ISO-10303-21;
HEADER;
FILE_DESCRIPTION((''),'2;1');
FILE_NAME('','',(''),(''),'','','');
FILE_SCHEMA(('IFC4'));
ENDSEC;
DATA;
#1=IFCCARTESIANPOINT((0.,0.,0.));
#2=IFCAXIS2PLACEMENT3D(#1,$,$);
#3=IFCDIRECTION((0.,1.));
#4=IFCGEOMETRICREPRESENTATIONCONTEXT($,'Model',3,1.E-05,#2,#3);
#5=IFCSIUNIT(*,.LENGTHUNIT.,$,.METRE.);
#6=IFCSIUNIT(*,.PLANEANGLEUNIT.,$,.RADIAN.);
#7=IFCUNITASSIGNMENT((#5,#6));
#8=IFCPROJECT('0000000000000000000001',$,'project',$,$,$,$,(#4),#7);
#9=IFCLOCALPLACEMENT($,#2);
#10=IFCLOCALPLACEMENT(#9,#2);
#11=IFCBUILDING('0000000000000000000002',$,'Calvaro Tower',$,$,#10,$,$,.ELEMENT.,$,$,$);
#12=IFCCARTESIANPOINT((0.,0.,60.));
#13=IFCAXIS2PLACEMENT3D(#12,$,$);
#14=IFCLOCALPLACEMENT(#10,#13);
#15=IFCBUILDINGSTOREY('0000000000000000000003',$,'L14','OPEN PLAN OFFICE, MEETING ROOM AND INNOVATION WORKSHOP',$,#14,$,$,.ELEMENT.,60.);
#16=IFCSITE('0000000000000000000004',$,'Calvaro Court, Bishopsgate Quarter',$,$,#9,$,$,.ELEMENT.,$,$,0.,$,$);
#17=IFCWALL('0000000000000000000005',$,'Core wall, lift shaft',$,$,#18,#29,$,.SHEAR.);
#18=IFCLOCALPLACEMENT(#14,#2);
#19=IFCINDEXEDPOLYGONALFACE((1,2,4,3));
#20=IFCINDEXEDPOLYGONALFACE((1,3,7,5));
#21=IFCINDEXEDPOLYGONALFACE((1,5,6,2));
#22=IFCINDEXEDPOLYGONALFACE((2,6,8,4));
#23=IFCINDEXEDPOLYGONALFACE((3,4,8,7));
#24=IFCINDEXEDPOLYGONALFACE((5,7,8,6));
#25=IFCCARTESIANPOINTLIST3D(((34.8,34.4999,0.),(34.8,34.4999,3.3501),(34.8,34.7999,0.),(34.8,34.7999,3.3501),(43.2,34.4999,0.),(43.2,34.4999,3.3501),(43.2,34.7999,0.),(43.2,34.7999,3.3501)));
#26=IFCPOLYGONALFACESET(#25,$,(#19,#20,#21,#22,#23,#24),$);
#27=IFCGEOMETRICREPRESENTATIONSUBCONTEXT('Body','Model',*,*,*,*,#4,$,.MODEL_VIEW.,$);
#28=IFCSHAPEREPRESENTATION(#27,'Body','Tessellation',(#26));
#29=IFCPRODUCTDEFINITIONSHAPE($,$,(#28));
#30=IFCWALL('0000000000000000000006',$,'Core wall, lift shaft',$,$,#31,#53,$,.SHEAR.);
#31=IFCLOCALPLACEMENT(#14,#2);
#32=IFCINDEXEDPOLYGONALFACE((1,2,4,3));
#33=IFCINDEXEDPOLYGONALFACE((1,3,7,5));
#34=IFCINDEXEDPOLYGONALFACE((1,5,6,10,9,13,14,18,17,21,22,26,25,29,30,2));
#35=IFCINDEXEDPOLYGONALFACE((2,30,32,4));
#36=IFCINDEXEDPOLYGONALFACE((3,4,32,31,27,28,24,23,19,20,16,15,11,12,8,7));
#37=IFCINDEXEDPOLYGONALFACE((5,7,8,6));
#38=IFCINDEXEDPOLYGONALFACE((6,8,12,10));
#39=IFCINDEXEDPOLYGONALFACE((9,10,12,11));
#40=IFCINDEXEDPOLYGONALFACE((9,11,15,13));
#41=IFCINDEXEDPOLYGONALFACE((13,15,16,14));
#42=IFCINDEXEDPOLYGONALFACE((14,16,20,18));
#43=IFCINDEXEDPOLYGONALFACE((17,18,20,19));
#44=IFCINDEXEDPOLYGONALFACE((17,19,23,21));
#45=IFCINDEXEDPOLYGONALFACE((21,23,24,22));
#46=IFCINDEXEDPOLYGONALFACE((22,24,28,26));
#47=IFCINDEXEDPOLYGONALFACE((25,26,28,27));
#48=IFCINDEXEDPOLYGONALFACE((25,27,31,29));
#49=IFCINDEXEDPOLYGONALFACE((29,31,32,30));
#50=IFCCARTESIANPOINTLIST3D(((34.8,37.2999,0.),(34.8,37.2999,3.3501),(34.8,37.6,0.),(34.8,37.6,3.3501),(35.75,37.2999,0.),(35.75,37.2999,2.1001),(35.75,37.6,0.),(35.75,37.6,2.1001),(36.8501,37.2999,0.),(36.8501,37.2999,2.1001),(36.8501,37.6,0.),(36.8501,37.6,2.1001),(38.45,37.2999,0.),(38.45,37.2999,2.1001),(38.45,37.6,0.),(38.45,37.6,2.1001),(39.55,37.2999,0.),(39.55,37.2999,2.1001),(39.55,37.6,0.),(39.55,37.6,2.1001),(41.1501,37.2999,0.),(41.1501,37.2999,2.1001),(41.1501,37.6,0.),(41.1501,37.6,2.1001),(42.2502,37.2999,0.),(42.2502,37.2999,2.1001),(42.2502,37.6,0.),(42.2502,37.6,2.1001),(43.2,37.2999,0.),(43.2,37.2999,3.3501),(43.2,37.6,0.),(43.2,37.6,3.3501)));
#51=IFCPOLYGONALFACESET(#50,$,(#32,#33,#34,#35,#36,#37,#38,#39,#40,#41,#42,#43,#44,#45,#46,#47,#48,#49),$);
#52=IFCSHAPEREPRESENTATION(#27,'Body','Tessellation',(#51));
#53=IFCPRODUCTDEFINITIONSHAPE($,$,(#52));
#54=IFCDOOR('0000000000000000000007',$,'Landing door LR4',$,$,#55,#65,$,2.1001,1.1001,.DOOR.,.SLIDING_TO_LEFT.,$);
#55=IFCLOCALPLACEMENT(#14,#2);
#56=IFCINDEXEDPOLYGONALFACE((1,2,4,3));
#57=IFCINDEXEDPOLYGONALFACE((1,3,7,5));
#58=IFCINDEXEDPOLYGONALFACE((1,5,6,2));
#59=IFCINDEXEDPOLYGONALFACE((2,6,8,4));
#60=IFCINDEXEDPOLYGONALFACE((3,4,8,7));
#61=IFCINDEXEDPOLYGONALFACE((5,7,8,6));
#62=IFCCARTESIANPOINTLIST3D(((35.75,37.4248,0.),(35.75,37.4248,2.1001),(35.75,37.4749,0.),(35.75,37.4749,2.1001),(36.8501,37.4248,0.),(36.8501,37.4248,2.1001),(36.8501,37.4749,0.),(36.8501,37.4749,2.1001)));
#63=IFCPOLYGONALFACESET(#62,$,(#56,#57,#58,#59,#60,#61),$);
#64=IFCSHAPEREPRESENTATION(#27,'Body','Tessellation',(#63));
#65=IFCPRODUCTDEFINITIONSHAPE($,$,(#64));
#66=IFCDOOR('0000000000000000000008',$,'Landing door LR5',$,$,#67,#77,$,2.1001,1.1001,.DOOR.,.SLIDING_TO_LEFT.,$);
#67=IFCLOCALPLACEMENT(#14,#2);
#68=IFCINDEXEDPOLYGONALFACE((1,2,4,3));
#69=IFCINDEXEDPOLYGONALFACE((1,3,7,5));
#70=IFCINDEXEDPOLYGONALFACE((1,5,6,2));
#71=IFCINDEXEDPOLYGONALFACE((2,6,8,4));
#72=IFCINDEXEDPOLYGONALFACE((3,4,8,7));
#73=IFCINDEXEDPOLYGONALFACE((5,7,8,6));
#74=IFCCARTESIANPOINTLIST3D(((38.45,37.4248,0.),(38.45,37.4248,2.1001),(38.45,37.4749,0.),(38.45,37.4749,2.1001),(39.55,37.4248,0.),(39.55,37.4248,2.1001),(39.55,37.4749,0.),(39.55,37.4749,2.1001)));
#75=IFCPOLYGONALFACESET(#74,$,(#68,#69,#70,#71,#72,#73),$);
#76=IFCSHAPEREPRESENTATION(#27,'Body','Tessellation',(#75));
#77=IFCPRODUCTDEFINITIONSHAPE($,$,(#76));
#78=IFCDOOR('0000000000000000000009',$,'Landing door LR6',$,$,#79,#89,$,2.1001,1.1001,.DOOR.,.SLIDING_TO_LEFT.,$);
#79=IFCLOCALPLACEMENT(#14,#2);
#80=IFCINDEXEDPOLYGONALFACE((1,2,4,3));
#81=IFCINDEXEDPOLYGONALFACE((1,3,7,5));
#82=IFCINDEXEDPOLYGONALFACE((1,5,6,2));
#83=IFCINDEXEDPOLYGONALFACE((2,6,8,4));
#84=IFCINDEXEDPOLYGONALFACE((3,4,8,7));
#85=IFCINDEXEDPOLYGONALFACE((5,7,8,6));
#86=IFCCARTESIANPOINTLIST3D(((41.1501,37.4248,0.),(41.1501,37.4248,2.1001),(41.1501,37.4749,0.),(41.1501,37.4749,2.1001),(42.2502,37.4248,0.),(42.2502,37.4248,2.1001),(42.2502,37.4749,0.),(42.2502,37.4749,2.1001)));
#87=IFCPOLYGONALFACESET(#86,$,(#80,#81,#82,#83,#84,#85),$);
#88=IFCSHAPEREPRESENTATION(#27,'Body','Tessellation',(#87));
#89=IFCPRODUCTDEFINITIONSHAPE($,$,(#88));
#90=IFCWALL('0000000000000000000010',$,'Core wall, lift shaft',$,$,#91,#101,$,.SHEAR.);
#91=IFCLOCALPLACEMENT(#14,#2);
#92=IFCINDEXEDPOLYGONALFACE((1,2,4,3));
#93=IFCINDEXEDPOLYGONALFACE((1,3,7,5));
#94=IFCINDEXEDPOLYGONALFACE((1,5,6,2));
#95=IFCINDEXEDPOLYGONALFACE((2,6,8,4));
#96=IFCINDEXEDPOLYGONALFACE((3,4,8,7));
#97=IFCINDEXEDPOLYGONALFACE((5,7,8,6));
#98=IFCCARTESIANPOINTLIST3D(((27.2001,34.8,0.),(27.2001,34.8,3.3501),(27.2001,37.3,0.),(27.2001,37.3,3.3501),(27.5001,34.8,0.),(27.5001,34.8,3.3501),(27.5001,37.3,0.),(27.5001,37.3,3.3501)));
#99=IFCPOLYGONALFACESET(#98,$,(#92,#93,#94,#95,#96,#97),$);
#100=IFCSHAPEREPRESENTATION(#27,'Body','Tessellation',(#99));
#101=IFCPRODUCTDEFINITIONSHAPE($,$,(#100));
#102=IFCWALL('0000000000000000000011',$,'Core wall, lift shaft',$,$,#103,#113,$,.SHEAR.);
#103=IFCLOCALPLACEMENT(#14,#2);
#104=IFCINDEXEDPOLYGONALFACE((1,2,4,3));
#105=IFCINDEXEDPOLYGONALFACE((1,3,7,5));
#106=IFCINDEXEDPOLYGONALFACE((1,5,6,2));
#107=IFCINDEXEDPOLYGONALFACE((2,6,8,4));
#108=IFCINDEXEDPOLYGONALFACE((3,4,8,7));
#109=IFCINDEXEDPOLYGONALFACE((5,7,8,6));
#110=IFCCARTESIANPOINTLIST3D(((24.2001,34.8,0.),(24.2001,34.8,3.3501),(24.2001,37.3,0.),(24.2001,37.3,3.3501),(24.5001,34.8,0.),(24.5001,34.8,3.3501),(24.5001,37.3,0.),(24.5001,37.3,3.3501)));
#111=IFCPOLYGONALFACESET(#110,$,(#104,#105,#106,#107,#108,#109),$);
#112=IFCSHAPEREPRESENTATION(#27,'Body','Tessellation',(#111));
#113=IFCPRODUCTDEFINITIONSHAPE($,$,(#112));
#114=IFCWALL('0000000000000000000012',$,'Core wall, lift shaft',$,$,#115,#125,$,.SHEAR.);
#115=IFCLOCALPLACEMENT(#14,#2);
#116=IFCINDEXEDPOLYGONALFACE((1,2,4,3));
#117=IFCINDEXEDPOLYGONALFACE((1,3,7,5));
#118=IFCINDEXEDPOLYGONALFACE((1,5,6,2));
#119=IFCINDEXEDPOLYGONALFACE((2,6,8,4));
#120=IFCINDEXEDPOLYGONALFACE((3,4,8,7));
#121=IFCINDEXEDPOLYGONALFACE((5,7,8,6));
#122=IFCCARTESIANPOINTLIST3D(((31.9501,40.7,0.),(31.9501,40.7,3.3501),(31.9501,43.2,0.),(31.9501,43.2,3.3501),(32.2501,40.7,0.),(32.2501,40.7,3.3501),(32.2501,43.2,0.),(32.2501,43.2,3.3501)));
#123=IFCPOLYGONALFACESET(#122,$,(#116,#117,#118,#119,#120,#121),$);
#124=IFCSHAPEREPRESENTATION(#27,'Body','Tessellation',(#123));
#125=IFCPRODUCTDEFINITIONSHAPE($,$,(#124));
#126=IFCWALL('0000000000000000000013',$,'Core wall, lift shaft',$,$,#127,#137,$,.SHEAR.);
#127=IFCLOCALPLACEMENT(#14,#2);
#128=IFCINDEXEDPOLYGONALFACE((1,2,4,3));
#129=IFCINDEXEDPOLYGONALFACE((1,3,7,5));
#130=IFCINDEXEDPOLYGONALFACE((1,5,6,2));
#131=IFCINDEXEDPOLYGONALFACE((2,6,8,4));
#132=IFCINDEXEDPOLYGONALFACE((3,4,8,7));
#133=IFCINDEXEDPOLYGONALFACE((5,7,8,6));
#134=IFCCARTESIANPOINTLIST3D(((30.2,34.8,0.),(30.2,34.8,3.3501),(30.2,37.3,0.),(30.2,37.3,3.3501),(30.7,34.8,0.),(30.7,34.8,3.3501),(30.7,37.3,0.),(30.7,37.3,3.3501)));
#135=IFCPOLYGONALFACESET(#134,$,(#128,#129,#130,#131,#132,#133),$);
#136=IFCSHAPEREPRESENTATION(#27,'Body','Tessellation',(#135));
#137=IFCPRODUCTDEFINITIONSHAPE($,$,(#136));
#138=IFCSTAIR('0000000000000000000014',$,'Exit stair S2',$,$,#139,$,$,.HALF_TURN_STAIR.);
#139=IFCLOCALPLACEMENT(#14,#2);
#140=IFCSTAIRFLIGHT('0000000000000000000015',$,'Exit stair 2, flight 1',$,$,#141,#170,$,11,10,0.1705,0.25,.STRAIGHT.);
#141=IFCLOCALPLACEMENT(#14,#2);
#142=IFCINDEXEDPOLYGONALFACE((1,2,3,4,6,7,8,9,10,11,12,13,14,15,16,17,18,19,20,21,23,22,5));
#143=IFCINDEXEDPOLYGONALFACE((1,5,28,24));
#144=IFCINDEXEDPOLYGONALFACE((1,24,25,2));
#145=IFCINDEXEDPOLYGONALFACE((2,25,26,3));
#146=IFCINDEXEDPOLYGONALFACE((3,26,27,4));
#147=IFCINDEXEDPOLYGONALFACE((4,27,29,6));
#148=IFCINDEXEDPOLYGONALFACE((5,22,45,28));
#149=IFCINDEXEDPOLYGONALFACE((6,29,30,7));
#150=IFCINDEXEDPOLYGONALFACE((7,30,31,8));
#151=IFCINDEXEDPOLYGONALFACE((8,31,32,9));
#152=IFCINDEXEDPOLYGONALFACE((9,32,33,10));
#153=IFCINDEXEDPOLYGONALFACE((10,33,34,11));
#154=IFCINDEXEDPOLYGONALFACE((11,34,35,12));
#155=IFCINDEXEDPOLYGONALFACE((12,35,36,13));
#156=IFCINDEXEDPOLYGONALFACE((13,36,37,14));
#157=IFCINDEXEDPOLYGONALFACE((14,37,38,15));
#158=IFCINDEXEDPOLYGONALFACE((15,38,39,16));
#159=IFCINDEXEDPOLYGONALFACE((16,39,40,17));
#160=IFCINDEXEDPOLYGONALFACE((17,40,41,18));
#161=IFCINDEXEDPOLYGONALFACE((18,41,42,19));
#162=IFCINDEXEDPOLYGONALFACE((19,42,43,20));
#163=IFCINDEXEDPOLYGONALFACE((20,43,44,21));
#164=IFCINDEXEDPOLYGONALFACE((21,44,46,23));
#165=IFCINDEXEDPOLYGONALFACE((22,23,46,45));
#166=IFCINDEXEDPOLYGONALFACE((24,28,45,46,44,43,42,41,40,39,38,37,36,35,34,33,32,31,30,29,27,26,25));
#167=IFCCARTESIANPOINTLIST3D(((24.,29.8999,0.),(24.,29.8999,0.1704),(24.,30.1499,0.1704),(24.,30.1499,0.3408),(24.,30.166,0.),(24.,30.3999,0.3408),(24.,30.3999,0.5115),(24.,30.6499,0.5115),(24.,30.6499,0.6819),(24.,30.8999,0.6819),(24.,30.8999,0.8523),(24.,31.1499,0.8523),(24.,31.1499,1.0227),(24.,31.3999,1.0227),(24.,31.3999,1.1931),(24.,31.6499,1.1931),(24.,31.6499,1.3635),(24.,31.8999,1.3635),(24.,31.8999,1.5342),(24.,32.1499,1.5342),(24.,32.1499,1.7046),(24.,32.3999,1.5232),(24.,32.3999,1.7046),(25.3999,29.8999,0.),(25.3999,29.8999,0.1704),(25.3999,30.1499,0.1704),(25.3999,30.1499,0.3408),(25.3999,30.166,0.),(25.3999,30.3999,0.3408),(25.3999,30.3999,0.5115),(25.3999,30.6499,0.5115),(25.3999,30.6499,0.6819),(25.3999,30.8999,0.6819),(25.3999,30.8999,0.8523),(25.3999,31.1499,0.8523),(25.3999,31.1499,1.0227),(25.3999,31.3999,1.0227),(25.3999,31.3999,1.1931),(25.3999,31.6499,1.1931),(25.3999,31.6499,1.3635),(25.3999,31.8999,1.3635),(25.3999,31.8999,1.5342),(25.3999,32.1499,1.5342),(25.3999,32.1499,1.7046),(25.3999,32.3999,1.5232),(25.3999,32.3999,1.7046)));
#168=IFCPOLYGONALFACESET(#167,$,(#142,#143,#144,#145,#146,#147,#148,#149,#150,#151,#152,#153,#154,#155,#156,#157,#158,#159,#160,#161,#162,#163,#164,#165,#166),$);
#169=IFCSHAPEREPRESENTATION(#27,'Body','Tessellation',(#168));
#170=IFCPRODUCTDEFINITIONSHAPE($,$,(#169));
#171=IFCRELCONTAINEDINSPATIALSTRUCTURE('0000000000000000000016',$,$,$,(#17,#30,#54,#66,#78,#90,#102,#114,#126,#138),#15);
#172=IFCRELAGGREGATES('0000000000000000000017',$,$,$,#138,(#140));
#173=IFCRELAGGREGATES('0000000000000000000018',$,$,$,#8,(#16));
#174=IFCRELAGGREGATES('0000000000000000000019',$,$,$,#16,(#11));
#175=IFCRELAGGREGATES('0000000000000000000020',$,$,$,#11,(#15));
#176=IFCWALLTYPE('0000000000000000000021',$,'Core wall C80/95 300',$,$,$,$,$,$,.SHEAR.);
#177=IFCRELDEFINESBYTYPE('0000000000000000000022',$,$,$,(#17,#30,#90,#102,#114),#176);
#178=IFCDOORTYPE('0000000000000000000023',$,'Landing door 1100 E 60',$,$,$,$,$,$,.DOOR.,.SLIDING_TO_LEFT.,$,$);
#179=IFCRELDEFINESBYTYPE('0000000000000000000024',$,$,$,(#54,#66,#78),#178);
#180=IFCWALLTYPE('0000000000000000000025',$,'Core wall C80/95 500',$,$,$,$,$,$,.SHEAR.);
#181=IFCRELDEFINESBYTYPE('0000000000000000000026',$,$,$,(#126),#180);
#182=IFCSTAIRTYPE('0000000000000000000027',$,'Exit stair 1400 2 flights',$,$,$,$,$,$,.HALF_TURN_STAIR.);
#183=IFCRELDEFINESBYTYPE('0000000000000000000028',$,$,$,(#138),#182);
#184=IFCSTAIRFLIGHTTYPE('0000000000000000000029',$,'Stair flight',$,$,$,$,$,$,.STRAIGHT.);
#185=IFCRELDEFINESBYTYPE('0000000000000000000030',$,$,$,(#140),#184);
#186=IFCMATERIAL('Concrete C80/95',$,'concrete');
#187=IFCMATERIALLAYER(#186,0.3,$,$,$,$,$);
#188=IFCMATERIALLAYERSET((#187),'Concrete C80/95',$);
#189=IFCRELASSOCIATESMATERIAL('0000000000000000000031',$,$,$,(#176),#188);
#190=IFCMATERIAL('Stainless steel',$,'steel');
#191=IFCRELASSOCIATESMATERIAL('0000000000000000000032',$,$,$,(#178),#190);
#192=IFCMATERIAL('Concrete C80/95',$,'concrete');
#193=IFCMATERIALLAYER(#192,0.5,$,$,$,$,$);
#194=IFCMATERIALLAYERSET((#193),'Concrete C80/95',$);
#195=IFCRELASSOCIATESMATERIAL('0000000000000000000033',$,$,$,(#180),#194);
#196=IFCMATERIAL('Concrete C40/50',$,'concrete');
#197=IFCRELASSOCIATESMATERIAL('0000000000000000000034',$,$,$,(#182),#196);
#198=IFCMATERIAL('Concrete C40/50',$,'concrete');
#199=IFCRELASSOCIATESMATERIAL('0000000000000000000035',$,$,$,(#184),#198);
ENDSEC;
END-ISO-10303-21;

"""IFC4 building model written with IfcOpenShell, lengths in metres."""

from ifc_helpers import new_model, si_unit, direction, frame, frame_2d, origin, place, context, subcontext, project, spatial, polyline, rectangle, outline, extrude, material, layer, layer_set, type_object, element, fill, aggregate, save


model = new_model("IFC4")

# Units and contexts
model_context = context("Model", 3, precision=1e-05, world=origin(), true_north=direction((0.0, 1.0)))
body_context = subcontext(model_context, "Body", "Model", "MODEL_VIEW")
ifc_project = project(units=[si_unit("LENGTHUNIT", "METRE"), si_unit("PLANEANGLEUNIT", "RADIAN")], contexts=[model_context])

# Site, building, storey
site_placement = place(None, origin())
site = spatial("IfcSite", under=ifc_project, at=site_placement, Name="Calvaro Court, Bishopsgate Quarter", CompositionType="ELEMENT", RefElevation=0.0)
building_placement = place(site_placement, origin())
building = spatial("IfcBuilding", under=site, at=building_placement, Name="Calvaro Tower", CompositionType="ELEMENT")
storey_placement = place(building_placement, frame((0.0, 0.0, 60.0)))
storey = spatial("IfcBuildingStorey", under=building, at=storey_placement, Name="L14", Description="OPEN PLAN OFFICE, MEETING ROOM AND INNOVATION WORKSHOP", CompositionType="ELEMENT", Elevation=60.0)

# Wall
ifc_material_1 = material(Name="Concrete C80/95", Category="concrete")
ifc_layer_1 = layer(ifc_material_1, 0.3)
ifc_layer_set_1 = layer_set([ifc_layer_1], Name="Concrete C80/95")
wall_type_1 = type_object("IfcWallType", Name="Core wall C80/95 300", PredefinedType="SHEAR", material=ifc_layer_set_1)
wall_1_placement = place(storey_placement, frame((34.8, 34.6499, 0.0), z_axis=(0.0, 0.0, 1.0), x_axis=(1.0, 0.0, 0.0)))
element("IfcWall", 1, at=wall_1_placement, inside=storey, type_object=wall_type_1, Name="Core wall, lift shaft", PredefinedType="SHEAR", context=body_context, shape_type="SweptSolid", body=[
    extrude(rectangle(XDim=8.3999, YDim=0.3, at=frame_2d((4.2, 0.0))), origin(), (0.0, 0.0, 1.0), 3.3501),
])

# Wall, openings, doors
wall_2_placement = place(storey_placement, frame((34.8, 37.45, 0.0), z_axis=(0.0, 0.0, 1.0), x_axis=(1.0, 0.0, 0.0)))
wall_2 = element("IfcWall", 2, at=wall_2_placement, inside=storey, type_object=wall_type_1, Name="Core wall, lift shaft", PredefinedType="SHEAR", context=body_context, shape_type="SweptSolid", body=[
    extrude(rectangle(XDim=8.3999, YDim=0.3, at=frame_2d((4.2, 0.0))), origin(), (0.0, 0.0, 1.0), 3.3501),
])
opening_1_placement = place(wall_2_placement, frame((0.95, 0.0, 0.0)))
opening_1 = element("IfcOpeningElement", 3, at=opening_1_placement, cuts=wall_2, PredefinedType="OPENING", context=body_context, shape_type="SweptSolid", body=[
    extrude(rectangle(XDim=1.1001, YDim=2.1001, at=frame_2d((0.55, 1.05))), frame((0.0, 0.1599, 0.0), z_axis=(0.0, -1.0, 0.0), x_axis=(1.0, 0.0, 0.0)), (0.0, 0.0, 1.0), 0.3201),
])
opening_2_placement = place(wall_2_placement, frame((3.6499, 0.0, 0.0)))
opening_2 = element("IfcOpeningElement", 4, at=opening_2_placement, cuts=wall_2, PredefinedType="OPENING", context=body_context, shape_type="SweptSolid", body=[
    extrude(rectangle(XDim=1.1001, YDim=2.1001, at=frame_2d((0.55, 1.05))), frame((0.0, 0.1599, 0.0), z_axis=(0.0, -1.0, 0.0), x_axis=(1.0, 0.0, 0.0)), (0.0, 0.0, 1.0), 0.3201),
])
opening_3_placement = place(wall_2_placement, frame((6.3501, 0.0, 0.0)))
opening_3 = element("IfcOpeningElement", 5, at=opening_3_placement, cuts=wall_2, PredefinedType="OPENING", context=body_context, shape_type="SweptSolid", body=[
    extrude(rectangle(XDim=1.1001, YDim=2.1001, at=frame_2d((0.55, 1.05))), frame((0.0, 0.1599, 0.0), z_axis=(0.0, -1.0, 0.0), x_axis=(1.0, 0.0, 0.0)), (0.0, 0.0, 1.0), 0.3201),
])
ifc_material_2 = material(Name="Stainless steel", Category="steel")
door_type = type_object("IfcDoorType", Name="Landing door 1100 E 60", OperationType="SLIDING_TO_LEFT", PredefinedType="DOOR", material=ifc_material_2)
door_1_placement = place(opening_1_placement, origin())
door_1 = element("IfcDoor", 6, at=door_1_placement, inside=storey, type_object=door_type, Name="Landing door LR4", OperationType="SLIDING_TO_LEFT", OverallHeight=2.1001, OverallWidth=1.1001, PredefinedType="DOOR", context=body_context, shape_type="SweptSolid", body=[
    extrude(rectangle(XDim=1.1001, YDim=2.1001, at=frame_2d((0.55, 1.05))), frame((0.0, 0.0249, 0.0), z_axis=(0.0, -1.0, 0.0), x_axis=(1.0, 0.0, 0.0)), (0.0, 0.0, 1.0), 0.05),
])
fill(opening_1, door_1)
door_2_placement = place(opening_2_placement, origin())
door_2 = element("IfcDoor", 7, at=door_2_placement, inside=storey, type_object=door_type, Name="Landing door LR5", OperationType="SLIDING_TO_LEFT", OverallHeight=2.1001, OverallWidth=1.1001, PredefinedType="DOOR", context=body_context, shape_type="SweptSolid", body=[
    extrude(rectangle(XDim=1.1001, YDim=2.1001, at=frame_2d((0.55, 1.05))), frame((0.0, 0.0249, 0.0), z_axis=(0.0, -1.0, 0.0), x_axis=(1.0, 0.0, 0.0)), (0.0, 0.0, 1.0), 0.05),
])
fill(opening_2, door_2)
door_3_placement = place(opening_3_placement, origin())
door_3 = element("IfcDoor", 8, at=door_3_placement, inside=storey, type_object=door_type, Name="Landing door LR6", OperationType="SLIDING_TO_LEFT", OverallHeight=2.1001, OverallWidth=1.1001, PredefinedType="DOOR", context=body_context, shape_type="SweptSolid", body=[
    extrude(rectangle(XDim=1.1001, YDim=2.1001, at=frame_2d((0.55, 1.05))), frame((0.0, 0.0249, 0.0), z_axis=(0.0, -1.0, 0.0), x_axis=(1.0, 0.0, 0.0)), (0.0, 0.0, 1.0), 0.05),
])
fill(opening_3, door_3)

# Walls
for number, where, z_axis, x_axis, name in (
    (9, (27.3501, 34.8, 0.0), (0.0, 0.0, 1.0), (0.0, 1.0, 0.0), "Core wall, lift shaft"),
    (10, (24.3501, 34.8, 0.0), (0.0, 0.0, 1.0), (0.0, 1.0, 0.0), "Core wall, lift shaft"),
    (11, (32.1001, 40.7, 0.0), (0.0, 0.0, 1.0), (0.0, 1.0, 0.0), "Core wall, lift shaft"),
):
    element("IfcWall", number, at=place(storey_placement, frame(where, z_axis=z_axis, x_axis=x_axis)), inside=storey, type_object=wall_type_1, Name=name, PredefinedType="SHEAR", context=body_context, shape_type="SweptSolid", body=[
        extrude(rectangle(XDim=2.5, YDim=0.3, at=frame_2d((1.25, 0.0))), origin(), (0.0, 0.0, 1.0), 3.3501),
    ])
ifc_material_3 = material(Name="Concrete C80/95", Category="concrete")
ifc_layer_2 = layer(ifc_material_3, 0.5)
ifc_layer_set_2 = layer_set([ifc_layer_2], Name="Concrete C80/95")
wall_type_2 = type_object("IfcWallType", Name="Core wall C80/95 500", PredefinedType="SHEAR", material=ifc_layer_set_2)
wall_3_placement = place(storey_placement, frame((30.45, 34.8, 0.0), z_axis=(0.0, 0.0, 1.0), x_axis=(0.0, 1.0, 0.0)))
element("IfcWall", 12, at=wall_3_placement, inside=storey, type_object=wall_type_2, Name="Core wall, lift shaft", PredefinedType="SHEAR", context=body_context, shape_type="SweptSolid", body=[
    extrude(rectangle(XDim=2.5, YDim=0.5, at=frame_2d((1.25, 0.0))), origin(), (0.0, 0.0, 1.0), 3.3501),
])

# Stair, stair flight
ifc_material_4 = material(Name="Concrete C40/50", Category="concrete")
stair_type = type_object("IfcStairType", Name="Exit stair 1400 2 flights", PredefinedType="HALF_TURN_STAIR", material=ifc_material_4)
stair_placement = place(storey_placement, origin())
stair = element("IfcStair", 13, at=stair_placement, inside=storey, type_object=stair_type, Name="Exit stair S2", PredefinedType="HALF_TURN_STAIR")
ifc_material_5 = material(Name="Concrete C40/50", Category="concrete")
stair_flight_type = type_object("IfcStairFlightType", Name="Stair flight", PredefinedType="STRAIGHT", material=ifc_material_5)
stair_flight_1_placement = place(storey_placement, frame((24.7, 29.8999, 0.0), z_axis=(0.0, 0.0, 1.0), x_axis=(0.0, 1.0, 0.0)))
stair_flight_1 = element("IfcStairFlight", 14, at=stair_flight_1_placement, type_object=stair_flight_type, Name="Exit stair 2, flight 1", NumberOfRisers=11, NumberOfTreads=10, PredefinedType="STRAIGHT", RiserHeight=0.1705, TreadLength=0.25, context=body_context, shape_type="SweptSolid", body=[
    extrude(outline(polyline([(0.0, 0.0), (0.0, 0.1704), (0.25, 0.1704), (0.25, 0.3408), (0.5, 0.3408), (0.5, 0.5115), (0.75, 0.5115), (0.75, 0.6819), (1.0, 0.6819), (1.0, 0.8523), (1.25, 0.8523), (1.25, 1.0227), (1.5, 1.0227), (1.5, 1.1931), (1.75, 1.1931), (1.75, 1.3635), (2.0, 1.3635), (2.0, 1.5342), (2.25, 1.5342), (2.25, 1.7046), (2.5, 1.7046), (2.5, 1.875), (2.5, 1.5232), (0.2661, 0.0), (0.0, 0.0)])), frame((0.0, 0.7, 0.0), z_axis=(0.0, -1.0, 0.0), x_axis=(1.0, 0.0, 0.0)), (0.0, 0.0, 1.0), 1.3999),
])
aggregate(stair, [stair_flight_1])

save(model, "model.ifc")
